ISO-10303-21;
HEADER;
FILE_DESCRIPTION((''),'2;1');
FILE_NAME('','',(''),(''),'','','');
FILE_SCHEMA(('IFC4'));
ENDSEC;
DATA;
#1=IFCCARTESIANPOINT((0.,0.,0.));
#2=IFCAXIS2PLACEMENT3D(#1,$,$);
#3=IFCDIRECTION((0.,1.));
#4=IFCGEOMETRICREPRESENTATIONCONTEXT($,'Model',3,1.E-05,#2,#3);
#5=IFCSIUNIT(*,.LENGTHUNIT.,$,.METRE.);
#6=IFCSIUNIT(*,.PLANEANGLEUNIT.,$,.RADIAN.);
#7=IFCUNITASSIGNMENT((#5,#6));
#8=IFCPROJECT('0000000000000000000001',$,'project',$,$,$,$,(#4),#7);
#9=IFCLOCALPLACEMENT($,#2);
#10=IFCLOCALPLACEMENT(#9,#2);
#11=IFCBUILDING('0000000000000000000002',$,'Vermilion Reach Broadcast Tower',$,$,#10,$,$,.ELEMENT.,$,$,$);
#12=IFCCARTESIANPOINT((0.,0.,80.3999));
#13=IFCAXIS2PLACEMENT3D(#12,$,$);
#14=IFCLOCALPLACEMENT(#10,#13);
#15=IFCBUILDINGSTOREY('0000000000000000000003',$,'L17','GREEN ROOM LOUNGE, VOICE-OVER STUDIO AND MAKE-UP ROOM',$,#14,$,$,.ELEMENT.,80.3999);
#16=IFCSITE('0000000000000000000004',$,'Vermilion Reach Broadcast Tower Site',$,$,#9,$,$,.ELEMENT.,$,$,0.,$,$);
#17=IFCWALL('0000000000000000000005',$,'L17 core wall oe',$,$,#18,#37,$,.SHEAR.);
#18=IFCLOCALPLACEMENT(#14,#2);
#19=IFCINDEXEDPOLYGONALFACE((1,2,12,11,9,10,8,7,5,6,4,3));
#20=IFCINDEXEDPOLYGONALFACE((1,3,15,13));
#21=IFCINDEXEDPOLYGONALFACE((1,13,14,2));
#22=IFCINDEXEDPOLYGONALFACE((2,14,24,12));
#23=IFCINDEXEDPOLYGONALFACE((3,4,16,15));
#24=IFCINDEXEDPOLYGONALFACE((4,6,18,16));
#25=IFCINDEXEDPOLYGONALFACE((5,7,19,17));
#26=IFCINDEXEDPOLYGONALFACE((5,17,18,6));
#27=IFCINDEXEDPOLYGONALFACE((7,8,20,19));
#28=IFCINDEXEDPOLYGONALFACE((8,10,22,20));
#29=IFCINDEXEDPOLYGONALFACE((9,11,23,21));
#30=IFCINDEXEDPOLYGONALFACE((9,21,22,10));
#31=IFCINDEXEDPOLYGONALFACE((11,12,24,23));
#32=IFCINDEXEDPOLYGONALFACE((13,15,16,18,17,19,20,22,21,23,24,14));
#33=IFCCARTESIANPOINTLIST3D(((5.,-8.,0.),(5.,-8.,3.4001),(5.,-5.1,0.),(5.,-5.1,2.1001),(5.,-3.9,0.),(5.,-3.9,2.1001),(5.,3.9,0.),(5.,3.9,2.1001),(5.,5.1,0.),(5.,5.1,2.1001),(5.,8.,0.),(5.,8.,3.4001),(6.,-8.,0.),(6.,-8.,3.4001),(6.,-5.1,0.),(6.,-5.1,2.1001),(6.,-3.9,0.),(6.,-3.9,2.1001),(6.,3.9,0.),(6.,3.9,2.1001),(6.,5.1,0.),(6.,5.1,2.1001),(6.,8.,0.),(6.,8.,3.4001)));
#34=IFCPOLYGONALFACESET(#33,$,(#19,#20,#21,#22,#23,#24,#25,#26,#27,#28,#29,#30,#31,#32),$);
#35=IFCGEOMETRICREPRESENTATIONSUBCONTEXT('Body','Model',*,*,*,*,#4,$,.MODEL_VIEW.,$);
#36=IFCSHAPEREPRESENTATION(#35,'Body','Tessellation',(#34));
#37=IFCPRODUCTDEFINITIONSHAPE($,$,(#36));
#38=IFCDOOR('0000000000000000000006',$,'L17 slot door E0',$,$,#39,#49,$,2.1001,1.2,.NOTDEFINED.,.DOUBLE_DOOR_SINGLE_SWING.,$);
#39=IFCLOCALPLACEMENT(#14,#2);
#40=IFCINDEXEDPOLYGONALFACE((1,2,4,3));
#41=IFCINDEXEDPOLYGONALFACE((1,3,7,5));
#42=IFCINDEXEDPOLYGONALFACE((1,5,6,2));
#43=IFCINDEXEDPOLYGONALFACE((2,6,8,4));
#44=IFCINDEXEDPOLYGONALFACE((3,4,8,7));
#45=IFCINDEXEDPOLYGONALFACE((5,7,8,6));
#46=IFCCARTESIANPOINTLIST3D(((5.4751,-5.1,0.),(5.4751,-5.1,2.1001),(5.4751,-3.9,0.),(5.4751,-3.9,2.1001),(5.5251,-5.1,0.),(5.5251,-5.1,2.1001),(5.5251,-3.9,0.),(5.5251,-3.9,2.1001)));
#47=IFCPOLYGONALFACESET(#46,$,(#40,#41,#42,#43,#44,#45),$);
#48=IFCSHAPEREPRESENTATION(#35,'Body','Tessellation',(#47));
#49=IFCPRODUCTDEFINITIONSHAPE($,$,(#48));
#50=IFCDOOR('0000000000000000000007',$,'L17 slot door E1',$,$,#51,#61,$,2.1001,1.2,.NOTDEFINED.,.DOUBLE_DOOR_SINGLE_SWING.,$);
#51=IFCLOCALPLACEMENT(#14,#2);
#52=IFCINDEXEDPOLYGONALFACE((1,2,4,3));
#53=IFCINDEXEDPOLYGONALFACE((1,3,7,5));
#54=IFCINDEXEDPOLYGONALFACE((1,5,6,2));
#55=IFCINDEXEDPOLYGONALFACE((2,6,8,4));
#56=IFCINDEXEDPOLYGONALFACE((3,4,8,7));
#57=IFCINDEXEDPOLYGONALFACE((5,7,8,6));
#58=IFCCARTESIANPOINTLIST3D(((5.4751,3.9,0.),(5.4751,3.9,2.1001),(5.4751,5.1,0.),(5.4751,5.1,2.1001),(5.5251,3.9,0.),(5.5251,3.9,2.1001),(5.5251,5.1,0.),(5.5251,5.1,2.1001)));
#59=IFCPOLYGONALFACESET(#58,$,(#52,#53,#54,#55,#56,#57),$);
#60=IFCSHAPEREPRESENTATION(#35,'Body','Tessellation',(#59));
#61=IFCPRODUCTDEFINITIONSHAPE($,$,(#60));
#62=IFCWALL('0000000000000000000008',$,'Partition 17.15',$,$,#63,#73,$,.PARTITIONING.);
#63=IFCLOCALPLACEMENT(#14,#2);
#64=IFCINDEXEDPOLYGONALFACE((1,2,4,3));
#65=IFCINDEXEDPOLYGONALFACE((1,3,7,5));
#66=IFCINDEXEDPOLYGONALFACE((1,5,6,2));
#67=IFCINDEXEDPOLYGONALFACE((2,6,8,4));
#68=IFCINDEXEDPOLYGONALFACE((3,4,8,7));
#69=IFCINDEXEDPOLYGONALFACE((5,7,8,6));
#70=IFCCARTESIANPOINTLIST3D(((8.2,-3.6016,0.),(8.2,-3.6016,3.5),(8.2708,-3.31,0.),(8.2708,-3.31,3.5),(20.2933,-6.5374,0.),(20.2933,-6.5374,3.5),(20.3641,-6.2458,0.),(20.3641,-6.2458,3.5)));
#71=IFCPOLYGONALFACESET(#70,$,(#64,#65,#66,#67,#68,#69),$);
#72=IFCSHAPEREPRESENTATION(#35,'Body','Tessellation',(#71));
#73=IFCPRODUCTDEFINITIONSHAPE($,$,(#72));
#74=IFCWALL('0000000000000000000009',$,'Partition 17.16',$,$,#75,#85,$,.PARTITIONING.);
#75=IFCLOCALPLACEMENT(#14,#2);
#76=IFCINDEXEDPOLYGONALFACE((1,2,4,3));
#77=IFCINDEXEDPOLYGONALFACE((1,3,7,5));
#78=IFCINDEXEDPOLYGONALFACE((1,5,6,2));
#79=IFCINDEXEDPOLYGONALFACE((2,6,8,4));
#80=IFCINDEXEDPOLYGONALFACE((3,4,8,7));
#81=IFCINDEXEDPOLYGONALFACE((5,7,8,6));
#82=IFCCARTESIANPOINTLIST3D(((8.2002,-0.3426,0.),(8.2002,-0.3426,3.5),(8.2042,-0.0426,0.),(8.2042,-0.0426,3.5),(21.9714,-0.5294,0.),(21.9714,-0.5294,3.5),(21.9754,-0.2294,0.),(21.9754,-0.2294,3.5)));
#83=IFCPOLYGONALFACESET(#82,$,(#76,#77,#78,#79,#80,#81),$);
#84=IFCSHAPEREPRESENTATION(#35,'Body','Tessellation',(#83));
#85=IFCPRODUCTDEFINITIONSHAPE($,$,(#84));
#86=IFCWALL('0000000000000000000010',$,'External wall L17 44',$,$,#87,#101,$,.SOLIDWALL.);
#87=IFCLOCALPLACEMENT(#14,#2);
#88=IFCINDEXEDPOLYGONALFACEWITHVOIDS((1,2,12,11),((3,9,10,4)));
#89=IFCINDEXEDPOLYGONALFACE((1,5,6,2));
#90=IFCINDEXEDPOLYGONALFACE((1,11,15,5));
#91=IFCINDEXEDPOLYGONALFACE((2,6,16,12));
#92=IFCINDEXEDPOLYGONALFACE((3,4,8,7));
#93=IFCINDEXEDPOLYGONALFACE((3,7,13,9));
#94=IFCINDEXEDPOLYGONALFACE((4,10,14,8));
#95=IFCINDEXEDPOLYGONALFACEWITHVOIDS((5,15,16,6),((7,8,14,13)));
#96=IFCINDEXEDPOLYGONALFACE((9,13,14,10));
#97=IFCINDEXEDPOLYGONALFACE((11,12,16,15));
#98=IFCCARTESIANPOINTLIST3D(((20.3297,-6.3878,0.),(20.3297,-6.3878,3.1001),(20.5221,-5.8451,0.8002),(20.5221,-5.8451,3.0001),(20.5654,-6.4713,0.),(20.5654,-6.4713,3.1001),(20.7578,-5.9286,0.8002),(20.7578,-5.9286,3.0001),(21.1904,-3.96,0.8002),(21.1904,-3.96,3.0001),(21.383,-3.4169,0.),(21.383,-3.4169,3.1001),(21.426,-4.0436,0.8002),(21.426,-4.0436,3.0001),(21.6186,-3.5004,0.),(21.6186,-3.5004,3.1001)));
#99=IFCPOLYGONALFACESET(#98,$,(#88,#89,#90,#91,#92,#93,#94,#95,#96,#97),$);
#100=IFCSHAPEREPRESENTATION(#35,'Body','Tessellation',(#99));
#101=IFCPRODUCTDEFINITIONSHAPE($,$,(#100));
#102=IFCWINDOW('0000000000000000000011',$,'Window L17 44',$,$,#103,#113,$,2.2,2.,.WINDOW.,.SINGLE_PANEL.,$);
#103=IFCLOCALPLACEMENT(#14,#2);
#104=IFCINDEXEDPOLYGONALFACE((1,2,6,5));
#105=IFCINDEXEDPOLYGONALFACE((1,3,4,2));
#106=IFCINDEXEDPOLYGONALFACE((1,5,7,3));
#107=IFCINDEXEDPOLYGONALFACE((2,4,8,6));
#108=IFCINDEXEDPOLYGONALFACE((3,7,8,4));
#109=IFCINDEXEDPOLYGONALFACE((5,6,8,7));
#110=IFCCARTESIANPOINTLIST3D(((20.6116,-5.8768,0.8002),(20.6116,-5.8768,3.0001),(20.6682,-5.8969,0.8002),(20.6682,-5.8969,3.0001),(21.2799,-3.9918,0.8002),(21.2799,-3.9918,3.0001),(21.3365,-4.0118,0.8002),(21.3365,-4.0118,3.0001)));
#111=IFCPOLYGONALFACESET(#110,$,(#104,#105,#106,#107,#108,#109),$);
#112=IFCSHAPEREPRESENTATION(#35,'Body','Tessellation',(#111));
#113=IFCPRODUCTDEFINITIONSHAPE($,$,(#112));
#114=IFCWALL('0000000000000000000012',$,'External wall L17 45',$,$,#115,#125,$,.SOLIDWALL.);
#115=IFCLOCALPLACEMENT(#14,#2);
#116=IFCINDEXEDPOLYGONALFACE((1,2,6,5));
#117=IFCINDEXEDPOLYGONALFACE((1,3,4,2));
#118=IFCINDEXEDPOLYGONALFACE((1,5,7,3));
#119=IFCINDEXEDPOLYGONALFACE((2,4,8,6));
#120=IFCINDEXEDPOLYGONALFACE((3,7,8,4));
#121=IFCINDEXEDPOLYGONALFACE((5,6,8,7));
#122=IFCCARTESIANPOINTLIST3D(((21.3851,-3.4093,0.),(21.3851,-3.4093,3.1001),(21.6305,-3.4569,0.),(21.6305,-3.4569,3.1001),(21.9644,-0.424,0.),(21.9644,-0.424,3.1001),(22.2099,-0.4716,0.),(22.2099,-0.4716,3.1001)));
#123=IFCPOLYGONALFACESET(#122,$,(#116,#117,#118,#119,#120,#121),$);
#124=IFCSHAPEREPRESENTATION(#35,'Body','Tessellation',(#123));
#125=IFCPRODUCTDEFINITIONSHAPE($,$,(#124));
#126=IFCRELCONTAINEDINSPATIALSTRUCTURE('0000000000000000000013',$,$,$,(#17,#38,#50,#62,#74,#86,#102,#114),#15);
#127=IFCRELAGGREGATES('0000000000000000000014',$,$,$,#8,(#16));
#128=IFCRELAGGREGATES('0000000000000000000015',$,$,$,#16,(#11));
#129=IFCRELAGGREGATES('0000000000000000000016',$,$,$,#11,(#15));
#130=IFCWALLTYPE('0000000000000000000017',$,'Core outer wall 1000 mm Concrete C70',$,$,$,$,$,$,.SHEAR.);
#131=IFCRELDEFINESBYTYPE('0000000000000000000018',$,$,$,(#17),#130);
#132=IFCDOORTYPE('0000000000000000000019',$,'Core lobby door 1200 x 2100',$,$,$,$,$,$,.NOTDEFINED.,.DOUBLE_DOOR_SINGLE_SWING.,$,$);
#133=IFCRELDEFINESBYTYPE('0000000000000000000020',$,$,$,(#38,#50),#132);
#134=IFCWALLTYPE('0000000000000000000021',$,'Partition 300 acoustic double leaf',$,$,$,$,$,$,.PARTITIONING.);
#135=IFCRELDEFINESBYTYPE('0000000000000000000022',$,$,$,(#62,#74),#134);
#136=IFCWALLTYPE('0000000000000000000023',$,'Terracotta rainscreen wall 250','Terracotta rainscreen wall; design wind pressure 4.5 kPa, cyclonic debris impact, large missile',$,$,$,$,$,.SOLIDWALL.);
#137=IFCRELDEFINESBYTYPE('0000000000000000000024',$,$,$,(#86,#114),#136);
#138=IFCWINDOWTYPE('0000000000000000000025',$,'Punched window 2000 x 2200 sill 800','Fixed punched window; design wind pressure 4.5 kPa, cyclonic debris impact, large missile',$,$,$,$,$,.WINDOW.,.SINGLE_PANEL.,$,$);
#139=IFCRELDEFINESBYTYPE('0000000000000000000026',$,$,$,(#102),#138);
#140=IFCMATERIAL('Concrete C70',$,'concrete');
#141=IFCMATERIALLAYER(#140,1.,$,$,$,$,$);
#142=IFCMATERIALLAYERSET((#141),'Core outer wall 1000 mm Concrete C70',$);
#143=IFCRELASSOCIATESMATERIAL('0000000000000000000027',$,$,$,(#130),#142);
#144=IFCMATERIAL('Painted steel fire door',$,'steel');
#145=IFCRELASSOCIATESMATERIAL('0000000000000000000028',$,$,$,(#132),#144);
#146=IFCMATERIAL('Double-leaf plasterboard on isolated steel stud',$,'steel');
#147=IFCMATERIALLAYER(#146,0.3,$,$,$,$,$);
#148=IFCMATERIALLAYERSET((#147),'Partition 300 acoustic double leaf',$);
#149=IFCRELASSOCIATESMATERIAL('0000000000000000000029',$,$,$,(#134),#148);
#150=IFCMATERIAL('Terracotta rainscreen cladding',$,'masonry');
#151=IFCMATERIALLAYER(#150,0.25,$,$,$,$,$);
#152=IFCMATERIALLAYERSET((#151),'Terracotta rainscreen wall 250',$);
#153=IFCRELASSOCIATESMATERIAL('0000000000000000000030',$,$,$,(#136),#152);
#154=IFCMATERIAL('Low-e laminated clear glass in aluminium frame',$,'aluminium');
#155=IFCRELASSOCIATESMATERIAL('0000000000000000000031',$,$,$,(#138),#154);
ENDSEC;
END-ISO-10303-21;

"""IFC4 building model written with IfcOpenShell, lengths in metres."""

from ifc_helpers import new_model, si_unit, direction, frame, frame_2d, origin, place, context, subcontext, project, spatial, rectangle, extrude, material, layer, layer_set, type_object, element, fill, save


model = new_model("IFC4")

# Units and contexts
model_context = context("Model", 3, precision=1e-05, world=origin(), true_north=direction((0.0, 1.0)))
body_context = subcontext(model_context, "Body", "Model", "MODEL_VIEW")
ifc_project = project(units=[si_unit("LENGTHUNIT", "METRE"), si_unit("PLANEANGLEUNIT", "RADIAN")], contexts=[model_context])

# Site, building, storey
site_placement = place(None, origin())
site = spatial("IfcSite", under=ifc_project, at=site_placement, Name="Vermilion Reach Broadcast Tower Site", CompositionType="ELEMENT", RefElevation=0.0)
building_placement = place(site_placement, origin())
building = spatial("IfcBuilding", under=site, at=building_placement, Name="Vermilion Reach Broadcast Tower", CompositionType="ELEMENT")
storey_placement = place(building_placement, frame((0.0, 0.0, 80.3999)))
storey = spatial("IfcBuildingStorey", under=building, at=storey_placement, Name="L17", Description="GREEN ROOM LOUNGE, VOICE-OVER STUDIO AND MAKE-UP ROOM", CompositionType="ELEMENT", Elevation=80.3999)

# Wall, openings, doors
ifc_material_1 = material(Name="Concrete C70", Category="concrete")
ifc_layer_1 = layer(ifc_material_1, 1.0)
ifc_layer_set_1 = layer_set([ifc_layer_1], Name="Core outer wall 1000 mm Concrete C70")
wall_type_1 = type_object("IfcWallType", Name="Core outer wall 1000 mm Concrete C70", PredefinedType="SHEAR", material=ifc_layer_set_1)
wall_1_placement = place(storey_placement, frame((5.5, -8.0, 0.0), z_axis=(0.0, 0.0, 1.0), x_axis=(0.0, 1.0, 0.0)))
wall_1 = element("IfcWall", 1, at=wall_1_placement, inside=storey, type_object=wall_type_1, Name="L17 core wall oe", PredefinedType="SHEAR", context=body_context, shape_type="SweptSolid", body=[
    extrude(rectangle(XDim=16.0, YDim=1.0, at=frame_2d((8.0, 0.0))), origin(), (0.0, 0.0, 1.0), 3.4001),
])
opening_1_placement = place(wall_1_placement, frame((2.8999, 0.0, 0.0)))
opening_1 = element("IfcOpeningElement", 2, at=opening_1_placement, cuts=wall_1, PredefinedType="OPENING", context=body_context, shape_type="SweptSolid", body=[
    extrude(rectangle(XDim=1.2, YDim=2.1001, at=frame_2d((0.6001, 1.05))), frame((0.0, 0.51, 0.0), z_axis=(0.0, -1.0, 0.0), x_axis=(1.0, 0.0, 0.0)), (0.0, 0.0, 1.0), 1.02),
])
opening_2_placement = place(wall_1_placement, frame((11.8999, 0.0, 0.0)))
opening_2 = element("IfcOpeningElement", 3, at=opening_2_placement, cuts=wall_1, PredefinedType="OPENING", context=body_context, shape_type="SweptSolid", body=[
    extrude(rectangle(XDim=1.2, YDim=2.1001, at=frame_2d((0.6001, 1.05))), frame((0.0, 0.51, 0.0), z_axis=(0.0, -1.0, 0.0), x_axis=(1.0, 0.0, 0.0)), (0.0, 0.0, 1.0), 1.02),
])
ifc_material_2 = material(Name="Painted steel fire door", Category="steel")
door_type_1 = type_object("IfcDoorType", Name="Core lobby door 1200 x 2100", OperationType="DOUBLE_DOOR_SINGLE_SWING", PredefinedType="NOTDEFINED", material=ifc_material_2)
door_1_placement = place(opening_1_placement, origin())
door_1 = element("IfcDoor", 4, at=door_1_placement, inside=storey, type_object=door_type_1, Name="L17 slot door E0", OperationType="DOUBLE_DOOR_SINGLE_SWING", OverallHeight=2.1001, OverallWidth=1.2, PredefinedType="NOTDEFINED", context=body_context, shape_type="SweptSolid", body=[
    extrude(rectangle(XDim=1.2, YDim=2.1001, at=frame_2d((0.6001, 1.05))), frame((0.0, 0.0249, 0.0), z_axis=(0.0, -1.0, 0.0), x_axis=(1.0, 0.0, 0.0)), (0.0, 0.0, 1.0), 0.05),
])
fill(opening_1, door_1)
door_2_placement = place(opening_2_placement, origin())
door_2 = element("IfcDoor", 5, at=door_2_placement, inside=storey, type_object=door_type_1, Name="L17 slot door E1", OperationType="DOUBLE_DOOR_SINGLE_SWING", OverallHeight=2.1001, OverallWidth=1.2, PredefinedType="NOTDEFINED", context=body_context, shape_type="SweptSolid", body=[
    extrude(rectangle(XDim=1.2, YDim=2.1001, at=frame_2d((0.6001, 1.05))), frame((0.0, 0.0249, 0.0), z_axis=(0.0, -1.0, 0.0), x_axis=(1.0, 0.0, 0.0)), (0.0, 0.0, 1.0), 0.05),
])
fill(opening_2, door_2)

# Walls
ifc_material_3 = material(Name="Double-leaf plasterboard on isolated steel stud", Category="steel")
ifc_layer_2 = layer(ifc_material_3, 0.3)
ifc_layer_set_2 = layer_set([ifc_layer_2], Name="Partition 300 acoustic double leaf")
wall_type_2 = type_object("IfcWallType", Name="Partition 300 acoustic double leaf", PredefinedType="PARTITIONING", material=ifc_layer_set_2)
wall_2_placement = place(storey_placement, frame((20.3286, -6.3916, 0.0), z_axis=(0.0, 0.0, 1.0), x_axis=(-0.971775, 0.235911, 0.0)))
element("IfcWall", 6, at=wall_2_placement, inside=storey, type_object=wall_type_2, Name="Partition 17.15", PredefinedType="PARTITIONING", context=body_context, shape_type="SweptSolid", body=[
    extrude(rectangle(XDim=12.4446, YDim=0.3, at=frame_2d((6.2222, 0.0))), origin(), (0.0, 0.0, 1.0), 3.5),
])
wall_3_placement = place(storey_placement, frame((21.9734, -0.3794, 0.0), z_axis=(0.0, 0.0, 1.0), x_axis=(-0.999908, 0.013561, 0.0)))
element("IfcWall", 7, at=wall_3_placement, inside=storey, type_object=wall_type_2, Name="Partition 17.16", PredefinedType="PARTITIONING", context=body_context, shape_type="SweptSolid", body=[
    extrude(rectangle(XDim=13.7725, YDim=0.3, at=frame_2d((6.8862, 0.0))), origin(), (0.0, 0.0, 1.0), 3.5),
])

# Shared definitions
ifc_material_4 = material(Name="Terracotta rainscreen cladding", Category="masonry")
ifc_layer_3 = layer(ifc_material_4, 0.25)
ifc_layer_set_3 = layer_set([ifc_layer_3], Name="Terracotta rainscreen wall 250")
wall_type_3 = type_object("IfcWallType", Name="Terracotta rainscreen wall 250", Description="Terracotta rainscreen wall; design wind pressure 4.5 kPa, cyclonic debris impact, large missile", PredefinedType="SOLIDWALL", material=ifc_layer_set_3)

# Wall, opening, window
wall_4_placement = place(storey_placement, frame((20.4475, -6.4297, 0.0), z_axis=(0.0, 0.0, 1.0), x_axis=(0.334132, 0.942526, 0.0)))
wall_4 = element("IfcWall", 8, at=wall_4_placement, inside=storey, type_object=wall_type_3, Name="External wall L17 44", PredefinedType="SOLIDWALL", context=body_context, shape_type="SweptSolid", body=[
    extrude(rectangle(XDim=3.1521, YDim=0.25, at=frame_2d((1.5762, 0.0))), origin(), (0.0, 0.0, 1.0), 3.1001),
])
opening_3_placement = place(wall_4_placement, frame((0.5759, 0.0, 0.8)))
opening_3 = element("IfcOpeningElement", 9, at=opening_3_placement, cuts=wall_4, PredefinedType="OPENING", context=body_context, shape_type="SweptSolid", body=[
    extrude(rectangle(XDim=2.0, YDim=2.2, at=frame_2d((1.0, 1.1001))), frame((0.0, 0.135, 0.0), z_axis=(0.0, -1.0, 0.0), x_axis=(1.0, 0.0, 0.0)), (0.0, 0.0, 1.0), 0.27),
])
ifc_material_5 = material(Name="Low-e laminated clear glass in aluminium frame", Category="aluminium")
window_type = type_object("IfcWindowType", Name="Punched window 2000 x 2200 sill 800", Description="Fixed punched window; design wind pressure 4.5 kPa, cyclonic debris impact, large missile", PartitioningType="SINGLE_PANEL", PredefinedType="WINDOW", material=ifc_material_5)
window_placement = place(opening_3_placement, origin())
window = element("IfcWindow", 10, at=window_placement, inside=storey, type_object=window_type, Name="Window L17 44", OverallHeight=2.2, OverallWidth=2.0, PartitioningType="SINGLE_PANEL", PredefinedType="WINDOW", context=body_context, shape_type="SweptSolid", body=[
    extrude(rectangle(XDim=2.0, YDim=2.2, at=frame_2d((1.0, 1.1001))), frame((0.0, 0.03, 0.0), z_axis=(0.0, -1.0, 0.0), x_axis=(1.0, 0.0, 0.0)), (0.0, 0.0, 1.0), 0.0601),
])
fill(opening_3, window)

# Wall
wall_5_placement = place(storey_placement, frame((21.5078, -3.4331, 0.0), z_axis=(0.0, 0.0, 1.0), x_axis=(0.190509, 0.981686, 0.0)))
element("IfcWall", 11, at=wall_5_placement, inside=storey, type_object=wall_type_3, Name="External wall L17 45", PredefinedType="SOLIDWALL", context=body_context, shape_type="SweptSolid", body=[
    extrude(rectangle(XDim=3.041, YDim=0.25, at=frame_2d((1.5205, 0.0))), origin(), (0.0, 0.0, 1.0), 3.1001),
])

save(model, "model.ifc")
